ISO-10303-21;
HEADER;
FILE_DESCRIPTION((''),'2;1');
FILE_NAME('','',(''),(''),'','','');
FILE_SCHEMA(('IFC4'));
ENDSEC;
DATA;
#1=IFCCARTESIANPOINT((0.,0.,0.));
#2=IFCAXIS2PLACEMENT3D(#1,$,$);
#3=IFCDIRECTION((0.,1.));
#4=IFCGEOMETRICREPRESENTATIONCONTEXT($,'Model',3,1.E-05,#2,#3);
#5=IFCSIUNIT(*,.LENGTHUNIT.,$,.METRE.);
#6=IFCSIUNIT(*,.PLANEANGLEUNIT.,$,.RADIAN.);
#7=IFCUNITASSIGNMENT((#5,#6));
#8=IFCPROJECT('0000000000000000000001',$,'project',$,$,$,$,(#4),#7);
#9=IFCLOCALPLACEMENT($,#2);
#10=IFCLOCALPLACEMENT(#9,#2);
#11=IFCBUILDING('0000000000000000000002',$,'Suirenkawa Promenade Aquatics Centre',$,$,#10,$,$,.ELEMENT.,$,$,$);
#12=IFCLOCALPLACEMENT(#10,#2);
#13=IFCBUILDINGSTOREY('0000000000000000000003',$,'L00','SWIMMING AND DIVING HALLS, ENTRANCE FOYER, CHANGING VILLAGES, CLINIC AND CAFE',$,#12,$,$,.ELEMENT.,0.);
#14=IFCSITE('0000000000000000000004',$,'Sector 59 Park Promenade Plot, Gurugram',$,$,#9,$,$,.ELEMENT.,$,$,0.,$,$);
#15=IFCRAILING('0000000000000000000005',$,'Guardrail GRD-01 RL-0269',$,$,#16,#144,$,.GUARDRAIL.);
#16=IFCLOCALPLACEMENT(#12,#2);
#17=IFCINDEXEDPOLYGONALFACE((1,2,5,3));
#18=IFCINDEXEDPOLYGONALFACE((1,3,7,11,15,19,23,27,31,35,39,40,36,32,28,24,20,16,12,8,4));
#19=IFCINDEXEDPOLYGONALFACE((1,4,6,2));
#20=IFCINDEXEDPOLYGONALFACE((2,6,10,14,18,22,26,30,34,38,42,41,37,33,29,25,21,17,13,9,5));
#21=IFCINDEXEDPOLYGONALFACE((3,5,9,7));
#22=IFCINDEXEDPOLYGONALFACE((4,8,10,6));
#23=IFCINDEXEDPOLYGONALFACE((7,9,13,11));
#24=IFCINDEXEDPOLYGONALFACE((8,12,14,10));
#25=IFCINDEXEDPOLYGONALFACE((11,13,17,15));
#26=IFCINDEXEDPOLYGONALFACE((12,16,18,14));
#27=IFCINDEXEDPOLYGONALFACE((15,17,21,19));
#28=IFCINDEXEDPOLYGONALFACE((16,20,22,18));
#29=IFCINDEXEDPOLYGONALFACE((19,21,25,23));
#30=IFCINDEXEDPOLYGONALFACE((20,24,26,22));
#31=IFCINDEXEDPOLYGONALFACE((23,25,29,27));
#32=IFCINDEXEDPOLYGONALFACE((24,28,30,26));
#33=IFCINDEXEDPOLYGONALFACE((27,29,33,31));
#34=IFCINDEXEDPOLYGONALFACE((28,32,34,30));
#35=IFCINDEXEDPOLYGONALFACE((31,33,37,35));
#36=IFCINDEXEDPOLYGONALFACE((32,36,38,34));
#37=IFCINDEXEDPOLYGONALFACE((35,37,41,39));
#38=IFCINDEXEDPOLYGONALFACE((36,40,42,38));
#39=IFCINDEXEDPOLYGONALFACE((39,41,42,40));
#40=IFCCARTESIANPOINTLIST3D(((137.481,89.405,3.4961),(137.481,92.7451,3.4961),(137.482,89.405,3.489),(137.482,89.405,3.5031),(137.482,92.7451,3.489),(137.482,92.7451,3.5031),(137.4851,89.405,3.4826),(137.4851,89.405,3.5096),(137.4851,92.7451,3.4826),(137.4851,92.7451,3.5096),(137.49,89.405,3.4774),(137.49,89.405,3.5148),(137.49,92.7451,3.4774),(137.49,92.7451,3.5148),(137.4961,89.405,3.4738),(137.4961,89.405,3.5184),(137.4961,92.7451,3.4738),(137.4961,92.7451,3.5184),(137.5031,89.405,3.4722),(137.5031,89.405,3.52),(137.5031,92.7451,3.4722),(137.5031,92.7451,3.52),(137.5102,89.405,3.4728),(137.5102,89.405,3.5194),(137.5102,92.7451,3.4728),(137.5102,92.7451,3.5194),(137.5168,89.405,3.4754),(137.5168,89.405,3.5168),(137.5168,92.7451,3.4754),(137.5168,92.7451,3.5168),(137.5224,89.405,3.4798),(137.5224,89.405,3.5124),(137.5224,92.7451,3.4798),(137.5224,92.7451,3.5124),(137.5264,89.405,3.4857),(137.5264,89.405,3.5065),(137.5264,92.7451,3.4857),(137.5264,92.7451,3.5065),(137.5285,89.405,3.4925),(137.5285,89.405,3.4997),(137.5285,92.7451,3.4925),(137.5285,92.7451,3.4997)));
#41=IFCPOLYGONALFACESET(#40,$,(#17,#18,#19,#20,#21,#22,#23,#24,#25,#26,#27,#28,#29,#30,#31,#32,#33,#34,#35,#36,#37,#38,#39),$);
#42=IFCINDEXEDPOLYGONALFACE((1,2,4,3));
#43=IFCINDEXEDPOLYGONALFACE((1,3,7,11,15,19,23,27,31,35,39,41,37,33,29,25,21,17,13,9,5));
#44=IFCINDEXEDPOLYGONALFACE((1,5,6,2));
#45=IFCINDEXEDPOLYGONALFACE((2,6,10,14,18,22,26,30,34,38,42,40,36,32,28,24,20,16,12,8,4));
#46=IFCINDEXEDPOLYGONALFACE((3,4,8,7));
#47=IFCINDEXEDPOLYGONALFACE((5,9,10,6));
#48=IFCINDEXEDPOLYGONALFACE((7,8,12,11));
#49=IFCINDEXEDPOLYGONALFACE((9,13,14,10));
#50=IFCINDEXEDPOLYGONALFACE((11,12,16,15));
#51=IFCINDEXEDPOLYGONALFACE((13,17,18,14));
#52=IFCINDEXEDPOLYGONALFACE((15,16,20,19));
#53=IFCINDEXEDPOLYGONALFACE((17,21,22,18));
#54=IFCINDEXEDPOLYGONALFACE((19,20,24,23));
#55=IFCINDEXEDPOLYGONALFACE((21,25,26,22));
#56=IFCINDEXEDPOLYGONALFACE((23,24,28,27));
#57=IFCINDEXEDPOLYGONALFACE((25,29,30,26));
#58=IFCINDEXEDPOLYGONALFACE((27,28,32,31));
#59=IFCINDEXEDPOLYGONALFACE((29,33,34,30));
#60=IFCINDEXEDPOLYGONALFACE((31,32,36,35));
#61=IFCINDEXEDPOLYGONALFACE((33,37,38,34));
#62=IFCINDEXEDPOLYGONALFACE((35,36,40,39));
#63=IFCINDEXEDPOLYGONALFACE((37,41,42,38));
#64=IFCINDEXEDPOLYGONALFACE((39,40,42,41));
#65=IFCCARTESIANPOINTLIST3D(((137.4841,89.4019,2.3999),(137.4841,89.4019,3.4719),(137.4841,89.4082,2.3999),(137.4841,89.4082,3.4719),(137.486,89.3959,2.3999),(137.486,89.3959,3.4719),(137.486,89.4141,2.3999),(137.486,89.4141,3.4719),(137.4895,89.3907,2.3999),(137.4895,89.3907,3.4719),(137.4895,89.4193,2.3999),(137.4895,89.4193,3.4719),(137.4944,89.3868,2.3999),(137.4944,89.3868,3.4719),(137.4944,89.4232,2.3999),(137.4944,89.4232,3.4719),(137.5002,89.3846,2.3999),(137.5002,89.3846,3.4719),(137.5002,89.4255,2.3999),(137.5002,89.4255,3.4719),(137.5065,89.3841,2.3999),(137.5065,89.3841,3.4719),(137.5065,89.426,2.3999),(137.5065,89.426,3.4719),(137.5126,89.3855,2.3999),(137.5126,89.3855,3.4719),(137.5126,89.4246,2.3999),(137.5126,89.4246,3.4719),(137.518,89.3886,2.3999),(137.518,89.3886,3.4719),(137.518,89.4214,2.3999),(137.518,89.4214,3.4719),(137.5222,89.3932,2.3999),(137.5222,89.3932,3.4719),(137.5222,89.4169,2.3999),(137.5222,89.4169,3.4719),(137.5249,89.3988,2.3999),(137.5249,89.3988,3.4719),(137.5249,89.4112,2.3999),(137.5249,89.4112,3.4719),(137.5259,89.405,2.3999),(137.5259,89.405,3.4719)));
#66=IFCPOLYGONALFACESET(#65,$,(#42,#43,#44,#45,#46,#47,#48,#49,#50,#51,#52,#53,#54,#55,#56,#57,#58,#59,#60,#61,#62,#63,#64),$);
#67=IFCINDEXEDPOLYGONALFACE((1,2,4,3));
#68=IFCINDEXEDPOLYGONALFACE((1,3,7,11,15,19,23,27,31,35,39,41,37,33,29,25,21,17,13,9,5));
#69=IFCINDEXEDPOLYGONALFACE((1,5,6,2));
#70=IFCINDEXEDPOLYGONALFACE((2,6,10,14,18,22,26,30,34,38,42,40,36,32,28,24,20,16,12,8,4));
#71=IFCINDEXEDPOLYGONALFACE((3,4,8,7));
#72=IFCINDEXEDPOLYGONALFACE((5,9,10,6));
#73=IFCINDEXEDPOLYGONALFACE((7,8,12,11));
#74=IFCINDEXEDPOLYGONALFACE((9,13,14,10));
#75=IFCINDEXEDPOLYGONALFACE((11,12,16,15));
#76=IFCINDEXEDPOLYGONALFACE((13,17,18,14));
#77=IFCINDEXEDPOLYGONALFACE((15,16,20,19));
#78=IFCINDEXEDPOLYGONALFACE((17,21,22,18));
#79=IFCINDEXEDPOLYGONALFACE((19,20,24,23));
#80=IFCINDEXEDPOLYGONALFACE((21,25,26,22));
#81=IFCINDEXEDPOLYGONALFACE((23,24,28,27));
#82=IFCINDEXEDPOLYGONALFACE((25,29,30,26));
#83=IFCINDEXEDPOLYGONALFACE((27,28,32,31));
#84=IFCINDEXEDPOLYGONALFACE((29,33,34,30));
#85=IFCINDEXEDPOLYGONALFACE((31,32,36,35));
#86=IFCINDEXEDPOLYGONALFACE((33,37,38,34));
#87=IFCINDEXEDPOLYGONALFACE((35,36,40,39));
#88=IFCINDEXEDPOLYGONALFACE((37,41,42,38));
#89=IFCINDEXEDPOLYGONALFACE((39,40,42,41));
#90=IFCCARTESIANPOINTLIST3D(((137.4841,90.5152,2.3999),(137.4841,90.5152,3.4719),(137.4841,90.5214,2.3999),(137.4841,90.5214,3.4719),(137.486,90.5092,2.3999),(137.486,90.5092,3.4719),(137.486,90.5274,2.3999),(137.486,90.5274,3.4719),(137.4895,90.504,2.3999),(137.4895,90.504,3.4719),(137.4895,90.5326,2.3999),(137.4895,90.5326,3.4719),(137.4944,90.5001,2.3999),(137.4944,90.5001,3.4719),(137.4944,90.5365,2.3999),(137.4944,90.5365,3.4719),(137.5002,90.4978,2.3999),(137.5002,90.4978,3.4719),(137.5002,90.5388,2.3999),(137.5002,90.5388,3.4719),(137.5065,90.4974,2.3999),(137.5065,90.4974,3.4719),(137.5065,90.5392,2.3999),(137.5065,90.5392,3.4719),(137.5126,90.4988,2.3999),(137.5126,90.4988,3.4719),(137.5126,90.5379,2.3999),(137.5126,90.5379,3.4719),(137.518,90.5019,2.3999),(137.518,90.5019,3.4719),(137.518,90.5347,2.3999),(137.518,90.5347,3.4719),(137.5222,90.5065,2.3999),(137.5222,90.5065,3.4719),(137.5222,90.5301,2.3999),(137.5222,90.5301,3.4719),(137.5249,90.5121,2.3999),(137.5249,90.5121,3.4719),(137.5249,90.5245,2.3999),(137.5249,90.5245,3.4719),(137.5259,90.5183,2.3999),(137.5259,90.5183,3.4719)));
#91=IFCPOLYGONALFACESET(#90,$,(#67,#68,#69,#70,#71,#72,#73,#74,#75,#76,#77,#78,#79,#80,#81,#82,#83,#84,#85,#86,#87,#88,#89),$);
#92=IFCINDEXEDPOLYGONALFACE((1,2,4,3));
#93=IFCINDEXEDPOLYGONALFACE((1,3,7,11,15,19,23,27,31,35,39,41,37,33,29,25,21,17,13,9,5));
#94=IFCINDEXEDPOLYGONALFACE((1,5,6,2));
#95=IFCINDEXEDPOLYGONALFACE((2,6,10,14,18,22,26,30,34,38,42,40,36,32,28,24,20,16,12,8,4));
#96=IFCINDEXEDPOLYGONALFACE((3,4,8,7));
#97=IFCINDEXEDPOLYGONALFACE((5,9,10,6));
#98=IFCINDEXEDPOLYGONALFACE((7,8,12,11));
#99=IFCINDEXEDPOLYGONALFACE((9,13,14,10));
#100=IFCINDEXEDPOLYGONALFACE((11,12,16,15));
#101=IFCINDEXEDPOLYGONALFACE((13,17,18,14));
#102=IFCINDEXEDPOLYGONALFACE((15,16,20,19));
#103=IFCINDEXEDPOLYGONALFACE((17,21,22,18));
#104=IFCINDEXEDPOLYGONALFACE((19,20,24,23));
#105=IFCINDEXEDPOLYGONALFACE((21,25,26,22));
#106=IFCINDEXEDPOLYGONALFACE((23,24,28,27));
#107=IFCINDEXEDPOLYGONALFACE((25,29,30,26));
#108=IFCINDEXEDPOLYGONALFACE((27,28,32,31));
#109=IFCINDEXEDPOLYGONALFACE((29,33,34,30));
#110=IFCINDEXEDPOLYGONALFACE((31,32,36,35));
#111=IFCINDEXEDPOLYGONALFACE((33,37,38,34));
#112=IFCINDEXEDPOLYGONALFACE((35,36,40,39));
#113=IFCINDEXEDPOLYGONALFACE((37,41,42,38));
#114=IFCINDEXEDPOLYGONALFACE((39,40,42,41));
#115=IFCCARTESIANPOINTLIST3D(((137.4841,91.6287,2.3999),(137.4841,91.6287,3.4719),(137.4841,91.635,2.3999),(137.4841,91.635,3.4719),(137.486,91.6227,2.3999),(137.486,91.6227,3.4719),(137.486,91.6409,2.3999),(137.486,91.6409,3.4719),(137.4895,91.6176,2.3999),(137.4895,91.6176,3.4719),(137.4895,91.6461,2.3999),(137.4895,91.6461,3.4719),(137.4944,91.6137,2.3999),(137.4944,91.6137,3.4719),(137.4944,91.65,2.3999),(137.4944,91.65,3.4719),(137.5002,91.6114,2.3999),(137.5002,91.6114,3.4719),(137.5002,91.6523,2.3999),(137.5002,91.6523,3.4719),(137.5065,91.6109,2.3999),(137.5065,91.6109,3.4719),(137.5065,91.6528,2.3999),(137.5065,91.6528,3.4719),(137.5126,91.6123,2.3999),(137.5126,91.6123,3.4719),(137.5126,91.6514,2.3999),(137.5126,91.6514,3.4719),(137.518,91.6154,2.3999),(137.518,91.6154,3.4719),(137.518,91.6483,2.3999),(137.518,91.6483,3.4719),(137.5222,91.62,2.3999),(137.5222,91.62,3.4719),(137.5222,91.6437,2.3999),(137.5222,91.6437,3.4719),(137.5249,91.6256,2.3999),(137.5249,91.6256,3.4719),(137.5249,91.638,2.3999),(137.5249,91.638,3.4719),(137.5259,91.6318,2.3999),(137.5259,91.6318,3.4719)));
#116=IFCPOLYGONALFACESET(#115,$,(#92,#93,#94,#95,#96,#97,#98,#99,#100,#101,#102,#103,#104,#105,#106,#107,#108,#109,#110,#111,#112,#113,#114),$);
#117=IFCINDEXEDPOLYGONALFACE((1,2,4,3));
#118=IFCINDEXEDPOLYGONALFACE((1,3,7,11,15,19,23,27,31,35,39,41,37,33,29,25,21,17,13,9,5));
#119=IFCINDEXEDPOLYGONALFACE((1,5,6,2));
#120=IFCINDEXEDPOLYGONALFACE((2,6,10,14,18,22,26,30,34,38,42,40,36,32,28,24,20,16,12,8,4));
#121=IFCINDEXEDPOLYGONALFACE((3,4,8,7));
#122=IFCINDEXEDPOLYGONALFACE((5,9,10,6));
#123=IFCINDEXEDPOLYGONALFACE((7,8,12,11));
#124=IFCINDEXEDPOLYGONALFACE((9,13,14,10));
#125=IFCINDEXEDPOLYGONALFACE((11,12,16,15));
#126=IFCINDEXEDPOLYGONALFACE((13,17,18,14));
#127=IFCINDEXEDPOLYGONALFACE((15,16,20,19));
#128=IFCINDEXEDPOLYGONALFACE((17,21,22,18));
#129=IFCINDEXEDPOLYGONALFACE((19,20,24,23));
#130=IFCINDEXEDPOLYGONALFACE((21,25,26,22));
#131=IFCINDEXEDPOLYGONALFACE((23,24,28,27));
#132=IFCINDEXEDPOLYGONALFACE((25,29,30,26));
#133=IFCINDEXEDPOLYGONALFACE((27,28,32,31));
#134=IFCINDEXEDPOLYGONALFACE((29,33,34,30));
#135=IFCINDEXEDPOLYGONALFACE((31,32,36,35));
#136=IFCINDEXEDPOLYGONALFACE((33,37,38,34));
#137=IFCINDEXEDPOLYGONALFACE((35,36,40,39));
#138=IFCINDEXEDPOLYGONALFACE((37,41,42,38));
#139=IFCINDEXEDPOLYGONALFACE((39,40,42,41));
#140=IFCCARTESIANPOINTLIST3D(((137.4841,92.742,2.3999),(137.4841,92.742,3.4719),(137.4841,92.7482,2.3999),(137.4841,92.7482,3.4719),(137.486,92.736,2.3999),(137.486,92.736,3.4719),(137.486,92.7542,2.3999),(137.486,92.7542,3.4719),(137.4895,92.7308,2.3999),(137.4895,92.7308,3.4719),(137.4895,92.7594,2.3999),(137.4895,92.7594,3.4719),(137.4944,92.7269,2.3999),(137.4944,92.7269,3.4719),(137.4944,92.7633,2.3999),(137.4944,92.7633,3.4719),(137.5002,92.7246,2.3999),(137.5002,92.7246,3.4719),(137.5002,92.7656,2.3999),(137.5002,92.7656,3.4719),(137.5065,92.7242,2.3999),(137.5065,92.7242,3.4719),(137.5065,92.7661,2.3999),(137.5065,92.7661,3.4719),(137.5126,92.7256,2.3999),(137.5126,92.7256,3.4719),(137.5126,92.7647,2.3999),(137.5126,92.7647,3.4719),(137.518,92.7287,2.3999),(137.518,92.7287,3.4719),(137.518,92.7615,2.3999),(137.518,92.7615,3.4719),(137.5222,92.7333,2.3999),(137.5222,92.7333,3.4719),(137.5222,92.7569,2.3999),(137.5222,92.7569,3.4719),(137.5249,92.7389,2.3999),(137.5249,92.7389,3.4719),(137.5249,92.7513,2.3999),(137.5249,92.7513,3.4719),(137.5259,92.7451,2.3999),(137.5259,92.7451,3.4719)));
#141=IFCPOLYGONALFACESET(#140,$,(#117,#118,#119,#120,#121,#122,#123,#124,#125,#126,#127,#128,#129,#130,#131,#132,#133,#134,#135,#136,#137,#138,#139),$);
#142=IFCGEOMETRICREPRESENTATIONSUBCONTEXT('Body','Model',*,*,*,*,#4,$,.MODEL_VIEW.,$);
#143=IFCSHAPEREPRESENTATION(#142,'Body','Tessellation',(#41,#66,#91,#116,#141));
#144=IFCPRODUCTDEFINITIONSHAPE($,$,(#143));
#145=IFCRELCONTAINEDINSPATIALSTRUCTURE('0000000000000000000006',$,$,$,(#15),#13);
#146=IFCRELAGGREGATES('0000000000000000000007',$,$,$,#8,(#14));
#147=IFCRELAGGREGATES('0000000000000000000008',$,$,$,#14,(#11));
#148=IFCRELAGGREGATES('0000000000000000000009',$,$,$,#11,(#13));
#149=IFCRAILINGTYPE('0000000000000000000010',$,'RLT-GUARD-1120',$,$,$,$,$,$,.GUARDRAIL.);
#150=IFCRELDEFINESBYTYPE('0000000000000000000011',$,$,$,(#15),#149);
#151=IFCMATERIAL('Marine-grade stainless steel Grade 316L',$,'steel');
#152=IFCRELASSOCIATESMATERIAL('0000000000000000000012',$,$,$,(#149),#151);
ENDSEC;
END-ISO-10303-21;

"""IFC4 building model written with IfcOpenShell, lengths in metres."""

from ifc_helpers import new_model, si_unit, direction, frame, origin, origin_2d, place, context, subcontext, project, spatial, circle, extrude, material, type_object, element, save


model = new_model("IFC4")

# Units and contexts
model_context = context("Model", 3, precision=1e-05, world=origin(), true_north=direction((0.0, 1.0)))
body_context = subcontext(model_context, "Body", "Model", "MODEL_VIEW")
ifc_project = project(units=[si_unit("LENGTHUNIT", "METRE"), si_unit("PLANEANGLEUNIT", "RADIAN")], contexts=[model_context])

# Site, building, storey
site_placement = place(None, origin())
site = spatial("IfcSite", under=ifc_project, at=site_placement, Name="Sector 59 Park Promenade Plot, Gurugram", CompositionType="ELEMENT", RefElevation=0.0)
building_placement = place(site_placement, origin())
building = spatial("IfcBuilding", under=site, at=building_placement, Name="Suirenkawa Promenade Aquatics Centre", CompositionType="ELEMENT")
storey_placement = place(building_placement, origin())
storey = spatial("IfcBuildingStorey", under=building, at=storey_placement, Name="L00", Description="SWIMMING AND DIVING HALLS, ENTRANCE FOYER, CHANGING VILLAGES, CLINIC AND CAFE", CompositionType="ELEMENT", Elevation=0.0)

# Railing
ifc_material_1 = material(Name="Marine-grade stainless steel Grade 316L", Category="steel")
railing_type_1 = type_object("IfcRailingType", Name="RLT-GUARD-1120", PredefinedType="GUARDRAIL", material=ifc_material_1)
for number, where, name in (
    (1, (137.5049, 89.405, 2.3999), "Guardrail GRD-01 RL-0269"),
):
    element("IfcRailing", number, at=place(storey_placement, frame(where)), inside=storey, type_object=railing_type_1, Name=name, PredefinedType="GUARDRAIL", context=body_context, shape_type="SweptSolid", body=[
        extrude(circle(Radius=0.0239, at=origin_2d()), frame((0.0, 0.0, 1.0962), z_axis=(0.0, 1.0, 0.0), x_axis=(-1.0, 0.0, 0.0)), (0.0, 0.0, 1.0), 3.3401),
        extrude(circle(Radius=0.021, at=origin_2d()), origin(), (0.0, 0.0, 1.0), 1.072),
        extrude(circle(Radius=0.021, at=origin_2d()), frame((0.0, 1.1133, 0.0)), (0.0, 0.0, 1.0), 1.072),
        extrude(circle(Radius=0.021, at=origin_2d()), frame((0.0, 2.2268, 0.0)), (0.0, 0.0, 1.0), 1.072),
        extrude(circle(Radius=0.021, at=origin_2d()), frame((0.0, 3.3401, 0.0)), (0.0, 0.0, 1.0), 1.072),
    ])

save(model, "model.ifc")
